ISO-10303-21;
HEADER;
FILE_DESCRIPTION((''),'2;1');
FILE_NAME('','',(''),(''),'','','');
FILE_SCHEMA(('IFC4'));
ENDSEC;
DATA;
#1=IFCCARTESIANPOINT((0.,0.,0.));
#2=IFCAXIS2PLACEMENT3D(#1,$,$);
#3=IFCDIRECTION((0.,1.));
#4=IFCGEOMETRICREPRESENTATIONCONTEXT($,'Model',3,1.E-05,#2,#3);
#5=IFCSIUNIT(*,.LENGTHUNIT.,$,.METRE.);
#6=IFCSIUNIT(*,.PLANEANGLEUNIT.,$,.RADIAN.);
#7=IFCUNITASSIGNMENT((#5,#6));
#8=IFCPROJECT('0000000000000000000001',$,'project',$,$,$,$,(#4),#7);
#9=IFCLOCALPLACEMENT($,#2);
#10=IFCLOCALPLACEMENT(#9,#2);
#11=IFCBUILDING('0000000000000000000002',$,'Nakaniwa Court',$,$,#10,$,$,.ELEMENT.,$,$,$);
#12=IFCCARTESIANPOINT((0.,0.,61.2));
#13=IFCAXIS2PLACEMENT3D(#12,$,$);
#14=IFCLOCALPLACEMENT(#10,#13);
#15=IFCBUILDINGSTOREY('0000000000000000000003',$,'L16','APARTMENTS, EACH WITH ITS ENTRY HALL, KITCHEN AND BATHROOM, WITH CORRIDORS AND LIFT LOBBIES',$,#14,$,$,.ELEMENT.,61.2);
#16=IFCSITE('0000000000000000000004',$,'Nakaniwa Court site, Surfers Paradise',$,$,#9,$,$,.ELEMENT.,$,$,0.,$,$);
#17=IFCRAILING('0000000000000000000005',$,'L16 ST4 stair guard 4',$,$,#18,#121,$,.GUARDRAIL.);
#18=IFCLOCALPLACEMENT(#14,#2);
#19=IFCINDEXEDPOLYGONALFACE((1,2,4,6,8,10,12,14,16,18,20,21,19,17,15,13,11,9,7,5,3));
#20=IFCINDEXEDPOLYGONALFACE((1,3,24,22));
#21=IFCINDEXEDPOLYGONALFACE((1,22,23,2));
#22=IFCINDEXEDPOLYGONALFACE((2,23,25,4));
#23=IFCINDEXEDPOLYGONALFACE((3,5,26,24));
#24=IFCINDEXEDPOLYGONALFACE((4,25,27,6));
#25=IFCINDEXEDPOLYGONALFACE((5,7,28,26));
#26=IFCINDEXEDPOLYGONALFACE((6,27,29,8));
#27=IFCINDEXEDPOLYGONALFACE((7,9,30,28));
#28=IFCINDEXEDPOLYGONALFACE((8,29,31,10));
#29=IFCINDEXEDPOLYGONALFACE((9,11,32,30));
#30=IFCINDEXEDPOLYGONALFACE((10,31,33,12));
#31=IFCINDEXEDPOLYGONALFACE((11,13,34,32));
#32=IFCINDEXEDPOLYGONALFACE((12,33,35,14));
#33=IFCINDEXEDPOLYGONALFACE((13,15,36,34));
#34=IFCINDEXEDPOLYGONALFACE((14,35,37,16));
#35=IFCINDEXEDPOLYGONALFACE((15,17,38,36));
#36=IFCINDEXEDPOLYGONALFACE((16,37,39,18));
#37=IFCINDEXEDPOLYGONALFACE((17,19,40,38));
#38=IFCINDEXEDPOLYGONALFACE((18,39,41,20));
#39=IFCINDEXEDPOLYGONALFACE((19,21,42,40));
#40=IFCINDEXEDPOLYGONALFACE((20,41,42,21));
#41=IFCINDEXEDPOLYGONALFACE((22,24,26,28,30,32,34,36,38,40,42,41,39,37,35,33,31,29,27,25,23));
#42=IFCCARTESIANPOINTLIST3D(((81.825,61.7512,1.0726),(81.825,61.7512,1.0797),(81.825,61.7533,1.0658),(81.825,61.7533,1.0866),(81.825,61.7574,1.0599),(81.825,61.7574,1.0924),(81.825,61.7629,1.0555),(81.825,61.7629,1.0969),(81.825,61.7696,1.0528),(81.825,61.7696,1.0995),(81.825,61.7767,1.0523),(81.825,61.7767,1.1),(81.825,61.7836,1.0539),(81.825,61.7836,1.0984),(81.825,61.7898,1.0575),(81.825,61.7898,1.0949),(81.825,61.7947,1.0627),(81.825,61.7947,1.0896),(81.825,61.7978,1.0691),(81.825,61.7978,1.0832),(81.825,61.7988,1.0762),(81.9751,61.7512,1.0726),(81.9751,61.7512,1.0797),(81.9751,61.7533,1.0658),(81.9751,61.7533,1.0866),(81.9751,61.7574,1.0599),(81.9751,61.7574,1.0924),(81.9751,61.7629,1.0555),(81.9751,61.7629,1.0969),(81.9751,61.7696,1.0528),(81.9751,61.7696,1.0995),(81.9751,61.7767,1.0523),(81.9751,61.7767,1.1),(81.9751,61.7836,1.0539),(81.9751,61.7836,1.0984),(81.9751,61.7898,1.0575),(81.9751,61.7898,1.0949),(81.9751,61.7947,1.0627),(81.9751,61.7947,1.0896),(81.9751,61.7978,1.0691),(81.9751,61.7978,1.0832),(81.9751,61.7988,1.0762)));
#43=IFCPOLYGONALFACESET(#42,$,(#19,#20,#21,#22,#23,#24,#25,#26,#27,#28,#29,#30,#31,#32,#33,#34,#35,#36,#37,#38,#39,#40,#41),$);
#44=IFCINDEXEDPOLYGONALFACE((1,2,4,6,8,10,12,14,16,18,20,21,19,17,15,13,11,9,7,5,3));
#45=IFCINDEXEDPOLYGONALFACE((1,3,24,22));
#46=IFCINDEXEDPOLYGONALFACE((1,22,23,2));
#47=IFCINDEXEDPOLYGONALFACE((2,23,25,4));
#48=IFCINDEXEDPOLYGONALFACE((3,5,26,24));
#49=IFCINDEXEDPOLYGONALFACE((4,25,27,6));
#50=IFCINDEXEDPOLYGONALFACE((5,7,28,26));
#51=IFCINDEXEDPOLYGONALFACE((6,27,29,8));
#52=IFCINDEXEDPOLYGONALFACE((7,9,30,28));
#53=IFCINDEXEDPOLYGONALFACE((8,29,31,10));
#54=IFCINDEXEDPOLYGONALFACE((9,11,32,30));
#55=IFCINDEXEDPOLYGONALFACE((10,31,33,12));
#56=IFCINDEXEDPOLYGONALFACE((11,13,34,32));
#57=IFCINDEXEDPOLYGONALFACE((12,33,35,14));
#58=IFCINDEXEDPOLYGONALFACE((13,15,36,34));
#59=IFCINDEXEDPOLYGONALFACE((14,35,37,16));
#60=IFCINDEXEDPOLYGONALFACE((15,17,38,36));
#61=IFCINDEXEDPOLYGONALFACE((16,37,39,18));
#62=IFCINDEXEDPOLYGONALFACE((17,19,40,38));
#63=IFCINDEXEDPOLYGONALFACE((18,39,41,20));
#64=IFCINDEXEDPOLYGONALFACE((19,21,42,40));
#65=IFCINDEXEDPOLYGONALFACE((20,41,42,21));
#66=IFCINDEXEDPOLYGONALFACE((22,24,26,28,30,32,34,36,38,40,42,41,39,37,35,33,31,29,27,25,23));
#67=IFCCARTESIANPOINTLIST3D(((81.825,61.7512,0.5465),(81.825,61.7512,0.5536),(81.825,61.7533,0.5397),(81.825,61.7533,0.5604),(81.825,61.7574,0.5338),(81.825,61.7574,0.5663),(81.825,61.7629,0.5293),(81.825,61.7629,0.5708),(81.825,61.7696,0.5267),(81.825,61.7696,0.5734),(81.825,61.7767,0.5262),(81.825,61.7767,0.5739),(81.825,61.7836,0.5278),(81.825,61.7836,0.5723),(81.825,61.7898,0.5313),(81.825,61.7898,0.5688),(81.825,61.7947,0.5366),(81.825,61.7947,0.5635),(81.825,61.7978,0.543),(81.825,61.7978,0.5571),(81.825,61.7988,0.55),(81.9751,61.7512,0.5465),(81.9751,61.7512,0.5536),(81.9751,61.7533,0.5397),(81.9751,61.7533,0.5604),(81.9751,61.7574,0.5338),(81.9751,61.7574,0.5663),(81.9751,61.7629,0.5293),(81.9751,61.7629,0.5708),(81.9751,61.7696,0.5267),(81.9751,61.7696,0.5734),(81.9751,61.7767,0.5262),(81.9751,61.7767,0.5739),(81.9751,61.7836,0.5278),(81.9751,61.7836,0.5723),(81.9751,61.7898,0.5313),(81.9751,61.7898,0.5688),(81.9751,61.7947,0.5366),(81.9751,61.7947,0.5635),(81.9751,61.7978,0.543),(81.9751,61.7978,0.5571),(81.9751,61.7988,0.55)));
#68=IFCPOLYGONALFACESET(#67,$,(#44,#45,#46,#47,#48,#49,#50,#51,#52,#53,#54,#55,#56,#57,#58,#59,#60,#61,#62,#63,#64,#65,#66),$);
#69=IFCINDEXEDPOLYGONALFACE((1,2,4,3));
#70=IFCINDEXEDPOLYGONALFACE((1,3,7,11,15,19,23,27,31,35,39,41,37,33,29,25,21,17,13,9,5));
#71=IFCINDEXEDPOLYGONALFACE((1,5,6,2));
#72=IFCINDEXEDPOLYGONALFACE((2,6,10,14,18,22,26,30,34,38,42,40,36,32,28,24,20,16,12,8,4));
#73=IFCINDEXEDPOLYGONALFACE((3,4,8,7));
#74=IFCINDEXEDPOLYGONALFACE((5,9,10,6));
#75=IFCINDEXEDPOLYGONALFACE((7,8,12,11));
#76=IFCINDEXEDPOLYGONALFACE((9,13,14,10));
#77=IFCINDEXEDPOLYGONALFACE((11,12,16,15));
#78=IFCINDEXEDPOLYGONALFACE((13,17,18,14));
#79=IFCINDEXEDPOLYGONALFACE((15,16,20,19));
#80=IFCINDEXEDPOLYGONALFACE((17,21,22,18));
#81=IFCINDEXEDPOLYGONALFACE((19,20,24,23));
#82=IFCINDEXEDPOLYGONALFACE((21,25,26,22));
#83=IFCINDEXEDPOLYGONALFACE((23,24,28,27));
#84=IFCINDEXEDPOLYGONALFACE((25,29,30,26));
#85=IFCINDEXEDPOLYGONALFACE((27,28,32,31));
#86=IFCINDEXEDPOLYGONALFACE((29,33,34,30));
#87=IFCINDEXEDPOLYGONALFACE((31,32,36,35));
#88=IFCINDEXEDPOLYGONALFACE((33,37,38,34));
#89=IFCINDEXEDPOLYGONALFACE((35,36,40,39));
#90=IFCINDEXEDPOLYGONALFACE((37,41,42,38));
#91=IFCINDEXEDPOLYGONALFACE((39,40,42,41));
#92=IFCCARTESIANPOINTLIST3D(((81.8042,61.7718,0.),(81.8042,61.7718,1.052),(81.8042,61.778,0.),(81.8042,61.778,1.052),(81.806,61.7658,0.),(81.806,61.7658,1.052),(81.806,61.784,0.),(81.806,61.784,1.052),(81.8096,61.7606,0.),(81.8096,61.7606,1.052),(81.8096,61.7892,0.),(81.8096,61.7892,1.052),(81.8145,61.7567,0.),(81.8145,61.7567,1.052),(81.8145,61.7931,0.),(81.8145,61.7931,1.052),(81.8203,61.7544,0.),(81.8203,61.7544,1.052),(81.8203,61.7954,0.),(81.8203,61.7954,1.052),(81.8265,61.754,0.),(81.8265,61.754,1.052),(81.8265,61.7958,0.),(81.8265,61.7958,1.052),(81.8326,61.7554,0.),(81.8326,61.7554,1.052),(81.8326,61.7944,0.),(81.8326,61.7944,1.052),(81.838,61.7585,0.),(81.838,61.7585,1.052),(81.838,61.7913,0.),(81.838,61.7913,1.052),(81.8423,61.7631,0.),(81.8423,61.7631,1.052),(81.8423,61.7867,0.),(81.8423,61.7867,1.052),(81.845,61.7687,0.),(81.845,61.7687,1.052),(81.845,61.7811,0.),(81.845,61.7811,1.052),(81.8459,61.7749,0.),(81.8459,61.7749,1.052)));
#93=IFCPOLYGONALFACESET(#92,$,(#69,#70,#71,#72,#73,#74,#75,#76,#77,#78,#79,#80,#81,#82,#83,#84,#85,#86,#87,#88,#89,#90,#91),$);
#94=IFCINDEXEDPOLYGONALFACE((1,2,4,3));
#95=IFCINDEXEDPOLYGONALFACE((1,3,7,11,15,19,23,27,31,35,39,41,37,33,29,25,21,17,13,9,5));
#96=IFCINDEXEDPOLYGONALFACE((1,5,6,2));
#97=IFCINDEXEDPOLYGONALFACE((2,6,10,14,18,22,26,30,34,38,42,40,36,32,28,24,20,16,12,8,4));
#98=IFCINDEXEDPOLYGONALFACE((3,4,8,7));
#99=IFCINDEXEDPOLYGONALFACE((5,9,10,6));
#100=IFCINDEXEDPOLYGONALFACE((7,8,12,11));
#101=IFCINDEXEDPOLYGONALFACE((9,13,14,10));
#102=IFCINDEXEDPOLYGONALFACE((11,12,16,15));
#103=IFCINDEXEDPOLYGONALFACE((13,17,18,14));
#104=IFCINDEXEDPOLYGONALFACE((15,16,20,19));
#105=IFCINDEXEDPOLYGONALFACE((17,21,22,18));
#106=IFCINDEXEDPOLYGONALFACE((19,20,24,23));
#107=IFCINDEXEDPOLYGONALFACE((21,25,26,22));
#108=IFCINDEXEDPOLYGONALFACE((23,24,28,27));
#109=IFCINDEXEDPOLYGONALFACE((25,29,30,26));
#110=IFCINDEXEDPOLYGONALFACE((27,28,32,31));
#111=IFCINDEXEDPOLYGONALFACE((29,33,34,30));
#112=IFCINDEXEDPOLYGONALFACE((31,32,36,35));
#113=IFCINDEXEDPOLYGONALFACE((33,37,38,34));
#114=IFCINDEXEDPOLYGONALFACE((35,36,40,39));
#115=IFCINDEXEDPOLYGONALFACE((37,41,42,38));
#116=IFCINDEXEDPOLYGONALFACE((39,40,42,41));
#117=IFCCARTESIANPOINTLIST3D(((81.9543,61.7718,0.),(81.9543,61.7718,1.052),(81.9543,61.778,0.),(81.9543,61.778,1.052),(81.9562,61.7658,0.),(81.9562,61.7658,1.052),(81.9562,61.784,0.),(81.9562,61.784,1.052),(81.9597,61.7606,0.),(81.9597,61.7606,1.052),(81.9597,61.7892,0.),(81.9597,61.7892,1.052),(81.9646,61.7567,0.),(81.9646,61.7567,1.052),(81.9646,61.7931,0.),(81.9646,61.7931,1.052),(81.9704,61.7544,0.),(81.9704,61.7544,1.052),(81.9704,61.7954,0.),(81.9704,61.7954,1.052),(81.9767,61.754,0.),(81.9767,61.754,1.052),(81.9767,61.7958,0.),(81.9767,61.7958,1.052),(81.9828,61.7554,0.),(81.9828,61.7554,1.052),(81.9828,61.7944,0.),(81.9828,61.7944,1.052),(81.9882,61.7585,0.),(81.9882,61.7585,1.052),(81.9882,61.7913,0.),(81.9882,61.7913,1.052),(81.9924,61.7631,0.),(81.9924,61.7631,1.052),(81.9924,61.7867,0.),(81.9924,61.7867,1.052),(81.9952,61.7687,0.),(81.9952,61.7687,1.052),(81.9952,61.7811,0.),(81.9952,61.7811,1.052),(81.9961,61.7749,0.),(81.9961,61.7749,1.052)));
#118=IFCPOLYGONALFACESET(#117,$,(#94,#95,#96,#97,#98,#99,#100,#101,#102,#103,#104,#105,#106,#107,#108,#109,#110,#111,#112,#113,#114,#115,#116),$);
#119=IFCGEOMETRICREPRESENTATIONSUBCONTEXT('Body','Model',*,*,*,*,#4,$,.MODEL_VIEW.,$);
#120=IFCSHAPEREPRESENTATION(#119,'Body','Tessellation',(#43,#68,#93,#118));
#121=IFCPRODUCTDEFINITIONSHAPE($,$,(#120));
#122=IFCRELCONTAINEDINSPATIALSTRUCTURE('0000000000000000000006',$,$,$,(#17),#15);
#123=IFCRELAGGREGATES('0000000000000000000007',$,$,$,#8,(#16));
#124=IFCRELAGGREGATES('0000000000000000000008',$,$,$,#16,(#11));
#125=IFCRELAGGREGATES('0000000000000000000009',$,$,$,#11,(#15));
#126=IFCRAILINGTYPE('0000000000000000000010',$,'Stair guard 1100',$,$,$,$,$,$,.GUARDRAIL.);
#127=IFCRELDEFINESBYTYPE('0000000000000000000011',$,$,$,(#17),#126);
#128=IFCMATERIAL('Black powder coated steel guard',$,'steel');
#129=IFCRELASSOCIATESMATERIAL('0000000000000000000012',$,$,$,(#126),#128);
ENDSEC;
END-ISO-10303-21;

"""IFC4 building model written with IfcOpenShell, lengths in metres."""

from ifc_helpers import new_model, si_unit, direction, frame, origin, origin_2d, place, context, subcontext, project, spatial, circle, extrude, material, type_object, element, save


model = new_model("IFC4")

# Units and contexts
model_context = context("Model", 3, precision=1e-05, world=origin(), true_north=direction((0.0, 1.0)))
body_context = subcontext(model_context, "Body", "Model", "MODEL_VIEW")
ifc_project = project(units=[si_unit("LENGTHUNIT", "METRE"), si_unit("PLANEANGLEUNIT", "RADIAN")], contexts=[model_context])

# Site, building, storey
site_placement = place(None, origin())
site = spatial("IfcSite", under=ifc_project, at=site_placement, Name="Nakaniwa Court site, Surfers Paradise", CompositionType="ELEMENT", RefElevation=0.0)
building_placement = place(site_placement, origin())
building = spatial("IfcBuilding", under=site, at=building_placement, Name="Nakaniwa Court", CompositionType="ELEMENT")
storey_placement = place(building_placement, frame((0.0, 0.0, 61.2)))
storey = spatial("IfcBuildingStorey", under=building, at=storey_placement, Name="L16", Description="APARTMENTS, EACH WITH ITS ENTRY HALL, KITCHEN AND BATHROOM, WITH CORRIDORS AND LIFT LOBBIES", CompositionType="ELEMENT", Elevation=61.2)

# Railing
ifc_material_1 = material(Name="Black powder coated steel guard", Category="steel")
railing_type_1 = type_object("IfcRailingType", Name="Stair guard 1100", PredefinedType="GUARDRAIL", material=ifc_material_1)
railing_1_placement = place(storey_placement, frame((81.825, 61.7749, 0.0)))
element("IfcRailing", 1, at=railing_1_placement, inside=storey, type_object=railing_type_1, Name="L16 ST4 stair guard 4", PredefinedType="GUARDRAIL", context=body_context, shape_type="SweptSolid", body=[
    extrude(circle(Radius=0.0239, at=origin_2d()), frame((0.0, 0.0, 1.0762), z_axis=(1.0, 0.0, 0.0), x_axis=(0.0, 1.0, 0.0)), (0.0, 0.0, 1.0), 0.1501),
    extrude(circle(Radius=0.0239, at=origin_2d()), frame((0.0, 0.0, 0.55), z_axis=(1.0, 0.0, 0.0), x_axis=(0.0, 1.0, 0.0)), (0.0, 0.0, 1.0), 0.1501),
    extrude(circle(Radius=0.021, at=origin_2d()), origin(), (0.0, 0.0, 1.0), 1.052),
    extrude(circle(Radius=0.021, at=origin_2d()), frame((0.1501, 0.0, 0.0)), (0.0, 0.0, 1.0), 1.052),
])

save(model, "model.ifc")
